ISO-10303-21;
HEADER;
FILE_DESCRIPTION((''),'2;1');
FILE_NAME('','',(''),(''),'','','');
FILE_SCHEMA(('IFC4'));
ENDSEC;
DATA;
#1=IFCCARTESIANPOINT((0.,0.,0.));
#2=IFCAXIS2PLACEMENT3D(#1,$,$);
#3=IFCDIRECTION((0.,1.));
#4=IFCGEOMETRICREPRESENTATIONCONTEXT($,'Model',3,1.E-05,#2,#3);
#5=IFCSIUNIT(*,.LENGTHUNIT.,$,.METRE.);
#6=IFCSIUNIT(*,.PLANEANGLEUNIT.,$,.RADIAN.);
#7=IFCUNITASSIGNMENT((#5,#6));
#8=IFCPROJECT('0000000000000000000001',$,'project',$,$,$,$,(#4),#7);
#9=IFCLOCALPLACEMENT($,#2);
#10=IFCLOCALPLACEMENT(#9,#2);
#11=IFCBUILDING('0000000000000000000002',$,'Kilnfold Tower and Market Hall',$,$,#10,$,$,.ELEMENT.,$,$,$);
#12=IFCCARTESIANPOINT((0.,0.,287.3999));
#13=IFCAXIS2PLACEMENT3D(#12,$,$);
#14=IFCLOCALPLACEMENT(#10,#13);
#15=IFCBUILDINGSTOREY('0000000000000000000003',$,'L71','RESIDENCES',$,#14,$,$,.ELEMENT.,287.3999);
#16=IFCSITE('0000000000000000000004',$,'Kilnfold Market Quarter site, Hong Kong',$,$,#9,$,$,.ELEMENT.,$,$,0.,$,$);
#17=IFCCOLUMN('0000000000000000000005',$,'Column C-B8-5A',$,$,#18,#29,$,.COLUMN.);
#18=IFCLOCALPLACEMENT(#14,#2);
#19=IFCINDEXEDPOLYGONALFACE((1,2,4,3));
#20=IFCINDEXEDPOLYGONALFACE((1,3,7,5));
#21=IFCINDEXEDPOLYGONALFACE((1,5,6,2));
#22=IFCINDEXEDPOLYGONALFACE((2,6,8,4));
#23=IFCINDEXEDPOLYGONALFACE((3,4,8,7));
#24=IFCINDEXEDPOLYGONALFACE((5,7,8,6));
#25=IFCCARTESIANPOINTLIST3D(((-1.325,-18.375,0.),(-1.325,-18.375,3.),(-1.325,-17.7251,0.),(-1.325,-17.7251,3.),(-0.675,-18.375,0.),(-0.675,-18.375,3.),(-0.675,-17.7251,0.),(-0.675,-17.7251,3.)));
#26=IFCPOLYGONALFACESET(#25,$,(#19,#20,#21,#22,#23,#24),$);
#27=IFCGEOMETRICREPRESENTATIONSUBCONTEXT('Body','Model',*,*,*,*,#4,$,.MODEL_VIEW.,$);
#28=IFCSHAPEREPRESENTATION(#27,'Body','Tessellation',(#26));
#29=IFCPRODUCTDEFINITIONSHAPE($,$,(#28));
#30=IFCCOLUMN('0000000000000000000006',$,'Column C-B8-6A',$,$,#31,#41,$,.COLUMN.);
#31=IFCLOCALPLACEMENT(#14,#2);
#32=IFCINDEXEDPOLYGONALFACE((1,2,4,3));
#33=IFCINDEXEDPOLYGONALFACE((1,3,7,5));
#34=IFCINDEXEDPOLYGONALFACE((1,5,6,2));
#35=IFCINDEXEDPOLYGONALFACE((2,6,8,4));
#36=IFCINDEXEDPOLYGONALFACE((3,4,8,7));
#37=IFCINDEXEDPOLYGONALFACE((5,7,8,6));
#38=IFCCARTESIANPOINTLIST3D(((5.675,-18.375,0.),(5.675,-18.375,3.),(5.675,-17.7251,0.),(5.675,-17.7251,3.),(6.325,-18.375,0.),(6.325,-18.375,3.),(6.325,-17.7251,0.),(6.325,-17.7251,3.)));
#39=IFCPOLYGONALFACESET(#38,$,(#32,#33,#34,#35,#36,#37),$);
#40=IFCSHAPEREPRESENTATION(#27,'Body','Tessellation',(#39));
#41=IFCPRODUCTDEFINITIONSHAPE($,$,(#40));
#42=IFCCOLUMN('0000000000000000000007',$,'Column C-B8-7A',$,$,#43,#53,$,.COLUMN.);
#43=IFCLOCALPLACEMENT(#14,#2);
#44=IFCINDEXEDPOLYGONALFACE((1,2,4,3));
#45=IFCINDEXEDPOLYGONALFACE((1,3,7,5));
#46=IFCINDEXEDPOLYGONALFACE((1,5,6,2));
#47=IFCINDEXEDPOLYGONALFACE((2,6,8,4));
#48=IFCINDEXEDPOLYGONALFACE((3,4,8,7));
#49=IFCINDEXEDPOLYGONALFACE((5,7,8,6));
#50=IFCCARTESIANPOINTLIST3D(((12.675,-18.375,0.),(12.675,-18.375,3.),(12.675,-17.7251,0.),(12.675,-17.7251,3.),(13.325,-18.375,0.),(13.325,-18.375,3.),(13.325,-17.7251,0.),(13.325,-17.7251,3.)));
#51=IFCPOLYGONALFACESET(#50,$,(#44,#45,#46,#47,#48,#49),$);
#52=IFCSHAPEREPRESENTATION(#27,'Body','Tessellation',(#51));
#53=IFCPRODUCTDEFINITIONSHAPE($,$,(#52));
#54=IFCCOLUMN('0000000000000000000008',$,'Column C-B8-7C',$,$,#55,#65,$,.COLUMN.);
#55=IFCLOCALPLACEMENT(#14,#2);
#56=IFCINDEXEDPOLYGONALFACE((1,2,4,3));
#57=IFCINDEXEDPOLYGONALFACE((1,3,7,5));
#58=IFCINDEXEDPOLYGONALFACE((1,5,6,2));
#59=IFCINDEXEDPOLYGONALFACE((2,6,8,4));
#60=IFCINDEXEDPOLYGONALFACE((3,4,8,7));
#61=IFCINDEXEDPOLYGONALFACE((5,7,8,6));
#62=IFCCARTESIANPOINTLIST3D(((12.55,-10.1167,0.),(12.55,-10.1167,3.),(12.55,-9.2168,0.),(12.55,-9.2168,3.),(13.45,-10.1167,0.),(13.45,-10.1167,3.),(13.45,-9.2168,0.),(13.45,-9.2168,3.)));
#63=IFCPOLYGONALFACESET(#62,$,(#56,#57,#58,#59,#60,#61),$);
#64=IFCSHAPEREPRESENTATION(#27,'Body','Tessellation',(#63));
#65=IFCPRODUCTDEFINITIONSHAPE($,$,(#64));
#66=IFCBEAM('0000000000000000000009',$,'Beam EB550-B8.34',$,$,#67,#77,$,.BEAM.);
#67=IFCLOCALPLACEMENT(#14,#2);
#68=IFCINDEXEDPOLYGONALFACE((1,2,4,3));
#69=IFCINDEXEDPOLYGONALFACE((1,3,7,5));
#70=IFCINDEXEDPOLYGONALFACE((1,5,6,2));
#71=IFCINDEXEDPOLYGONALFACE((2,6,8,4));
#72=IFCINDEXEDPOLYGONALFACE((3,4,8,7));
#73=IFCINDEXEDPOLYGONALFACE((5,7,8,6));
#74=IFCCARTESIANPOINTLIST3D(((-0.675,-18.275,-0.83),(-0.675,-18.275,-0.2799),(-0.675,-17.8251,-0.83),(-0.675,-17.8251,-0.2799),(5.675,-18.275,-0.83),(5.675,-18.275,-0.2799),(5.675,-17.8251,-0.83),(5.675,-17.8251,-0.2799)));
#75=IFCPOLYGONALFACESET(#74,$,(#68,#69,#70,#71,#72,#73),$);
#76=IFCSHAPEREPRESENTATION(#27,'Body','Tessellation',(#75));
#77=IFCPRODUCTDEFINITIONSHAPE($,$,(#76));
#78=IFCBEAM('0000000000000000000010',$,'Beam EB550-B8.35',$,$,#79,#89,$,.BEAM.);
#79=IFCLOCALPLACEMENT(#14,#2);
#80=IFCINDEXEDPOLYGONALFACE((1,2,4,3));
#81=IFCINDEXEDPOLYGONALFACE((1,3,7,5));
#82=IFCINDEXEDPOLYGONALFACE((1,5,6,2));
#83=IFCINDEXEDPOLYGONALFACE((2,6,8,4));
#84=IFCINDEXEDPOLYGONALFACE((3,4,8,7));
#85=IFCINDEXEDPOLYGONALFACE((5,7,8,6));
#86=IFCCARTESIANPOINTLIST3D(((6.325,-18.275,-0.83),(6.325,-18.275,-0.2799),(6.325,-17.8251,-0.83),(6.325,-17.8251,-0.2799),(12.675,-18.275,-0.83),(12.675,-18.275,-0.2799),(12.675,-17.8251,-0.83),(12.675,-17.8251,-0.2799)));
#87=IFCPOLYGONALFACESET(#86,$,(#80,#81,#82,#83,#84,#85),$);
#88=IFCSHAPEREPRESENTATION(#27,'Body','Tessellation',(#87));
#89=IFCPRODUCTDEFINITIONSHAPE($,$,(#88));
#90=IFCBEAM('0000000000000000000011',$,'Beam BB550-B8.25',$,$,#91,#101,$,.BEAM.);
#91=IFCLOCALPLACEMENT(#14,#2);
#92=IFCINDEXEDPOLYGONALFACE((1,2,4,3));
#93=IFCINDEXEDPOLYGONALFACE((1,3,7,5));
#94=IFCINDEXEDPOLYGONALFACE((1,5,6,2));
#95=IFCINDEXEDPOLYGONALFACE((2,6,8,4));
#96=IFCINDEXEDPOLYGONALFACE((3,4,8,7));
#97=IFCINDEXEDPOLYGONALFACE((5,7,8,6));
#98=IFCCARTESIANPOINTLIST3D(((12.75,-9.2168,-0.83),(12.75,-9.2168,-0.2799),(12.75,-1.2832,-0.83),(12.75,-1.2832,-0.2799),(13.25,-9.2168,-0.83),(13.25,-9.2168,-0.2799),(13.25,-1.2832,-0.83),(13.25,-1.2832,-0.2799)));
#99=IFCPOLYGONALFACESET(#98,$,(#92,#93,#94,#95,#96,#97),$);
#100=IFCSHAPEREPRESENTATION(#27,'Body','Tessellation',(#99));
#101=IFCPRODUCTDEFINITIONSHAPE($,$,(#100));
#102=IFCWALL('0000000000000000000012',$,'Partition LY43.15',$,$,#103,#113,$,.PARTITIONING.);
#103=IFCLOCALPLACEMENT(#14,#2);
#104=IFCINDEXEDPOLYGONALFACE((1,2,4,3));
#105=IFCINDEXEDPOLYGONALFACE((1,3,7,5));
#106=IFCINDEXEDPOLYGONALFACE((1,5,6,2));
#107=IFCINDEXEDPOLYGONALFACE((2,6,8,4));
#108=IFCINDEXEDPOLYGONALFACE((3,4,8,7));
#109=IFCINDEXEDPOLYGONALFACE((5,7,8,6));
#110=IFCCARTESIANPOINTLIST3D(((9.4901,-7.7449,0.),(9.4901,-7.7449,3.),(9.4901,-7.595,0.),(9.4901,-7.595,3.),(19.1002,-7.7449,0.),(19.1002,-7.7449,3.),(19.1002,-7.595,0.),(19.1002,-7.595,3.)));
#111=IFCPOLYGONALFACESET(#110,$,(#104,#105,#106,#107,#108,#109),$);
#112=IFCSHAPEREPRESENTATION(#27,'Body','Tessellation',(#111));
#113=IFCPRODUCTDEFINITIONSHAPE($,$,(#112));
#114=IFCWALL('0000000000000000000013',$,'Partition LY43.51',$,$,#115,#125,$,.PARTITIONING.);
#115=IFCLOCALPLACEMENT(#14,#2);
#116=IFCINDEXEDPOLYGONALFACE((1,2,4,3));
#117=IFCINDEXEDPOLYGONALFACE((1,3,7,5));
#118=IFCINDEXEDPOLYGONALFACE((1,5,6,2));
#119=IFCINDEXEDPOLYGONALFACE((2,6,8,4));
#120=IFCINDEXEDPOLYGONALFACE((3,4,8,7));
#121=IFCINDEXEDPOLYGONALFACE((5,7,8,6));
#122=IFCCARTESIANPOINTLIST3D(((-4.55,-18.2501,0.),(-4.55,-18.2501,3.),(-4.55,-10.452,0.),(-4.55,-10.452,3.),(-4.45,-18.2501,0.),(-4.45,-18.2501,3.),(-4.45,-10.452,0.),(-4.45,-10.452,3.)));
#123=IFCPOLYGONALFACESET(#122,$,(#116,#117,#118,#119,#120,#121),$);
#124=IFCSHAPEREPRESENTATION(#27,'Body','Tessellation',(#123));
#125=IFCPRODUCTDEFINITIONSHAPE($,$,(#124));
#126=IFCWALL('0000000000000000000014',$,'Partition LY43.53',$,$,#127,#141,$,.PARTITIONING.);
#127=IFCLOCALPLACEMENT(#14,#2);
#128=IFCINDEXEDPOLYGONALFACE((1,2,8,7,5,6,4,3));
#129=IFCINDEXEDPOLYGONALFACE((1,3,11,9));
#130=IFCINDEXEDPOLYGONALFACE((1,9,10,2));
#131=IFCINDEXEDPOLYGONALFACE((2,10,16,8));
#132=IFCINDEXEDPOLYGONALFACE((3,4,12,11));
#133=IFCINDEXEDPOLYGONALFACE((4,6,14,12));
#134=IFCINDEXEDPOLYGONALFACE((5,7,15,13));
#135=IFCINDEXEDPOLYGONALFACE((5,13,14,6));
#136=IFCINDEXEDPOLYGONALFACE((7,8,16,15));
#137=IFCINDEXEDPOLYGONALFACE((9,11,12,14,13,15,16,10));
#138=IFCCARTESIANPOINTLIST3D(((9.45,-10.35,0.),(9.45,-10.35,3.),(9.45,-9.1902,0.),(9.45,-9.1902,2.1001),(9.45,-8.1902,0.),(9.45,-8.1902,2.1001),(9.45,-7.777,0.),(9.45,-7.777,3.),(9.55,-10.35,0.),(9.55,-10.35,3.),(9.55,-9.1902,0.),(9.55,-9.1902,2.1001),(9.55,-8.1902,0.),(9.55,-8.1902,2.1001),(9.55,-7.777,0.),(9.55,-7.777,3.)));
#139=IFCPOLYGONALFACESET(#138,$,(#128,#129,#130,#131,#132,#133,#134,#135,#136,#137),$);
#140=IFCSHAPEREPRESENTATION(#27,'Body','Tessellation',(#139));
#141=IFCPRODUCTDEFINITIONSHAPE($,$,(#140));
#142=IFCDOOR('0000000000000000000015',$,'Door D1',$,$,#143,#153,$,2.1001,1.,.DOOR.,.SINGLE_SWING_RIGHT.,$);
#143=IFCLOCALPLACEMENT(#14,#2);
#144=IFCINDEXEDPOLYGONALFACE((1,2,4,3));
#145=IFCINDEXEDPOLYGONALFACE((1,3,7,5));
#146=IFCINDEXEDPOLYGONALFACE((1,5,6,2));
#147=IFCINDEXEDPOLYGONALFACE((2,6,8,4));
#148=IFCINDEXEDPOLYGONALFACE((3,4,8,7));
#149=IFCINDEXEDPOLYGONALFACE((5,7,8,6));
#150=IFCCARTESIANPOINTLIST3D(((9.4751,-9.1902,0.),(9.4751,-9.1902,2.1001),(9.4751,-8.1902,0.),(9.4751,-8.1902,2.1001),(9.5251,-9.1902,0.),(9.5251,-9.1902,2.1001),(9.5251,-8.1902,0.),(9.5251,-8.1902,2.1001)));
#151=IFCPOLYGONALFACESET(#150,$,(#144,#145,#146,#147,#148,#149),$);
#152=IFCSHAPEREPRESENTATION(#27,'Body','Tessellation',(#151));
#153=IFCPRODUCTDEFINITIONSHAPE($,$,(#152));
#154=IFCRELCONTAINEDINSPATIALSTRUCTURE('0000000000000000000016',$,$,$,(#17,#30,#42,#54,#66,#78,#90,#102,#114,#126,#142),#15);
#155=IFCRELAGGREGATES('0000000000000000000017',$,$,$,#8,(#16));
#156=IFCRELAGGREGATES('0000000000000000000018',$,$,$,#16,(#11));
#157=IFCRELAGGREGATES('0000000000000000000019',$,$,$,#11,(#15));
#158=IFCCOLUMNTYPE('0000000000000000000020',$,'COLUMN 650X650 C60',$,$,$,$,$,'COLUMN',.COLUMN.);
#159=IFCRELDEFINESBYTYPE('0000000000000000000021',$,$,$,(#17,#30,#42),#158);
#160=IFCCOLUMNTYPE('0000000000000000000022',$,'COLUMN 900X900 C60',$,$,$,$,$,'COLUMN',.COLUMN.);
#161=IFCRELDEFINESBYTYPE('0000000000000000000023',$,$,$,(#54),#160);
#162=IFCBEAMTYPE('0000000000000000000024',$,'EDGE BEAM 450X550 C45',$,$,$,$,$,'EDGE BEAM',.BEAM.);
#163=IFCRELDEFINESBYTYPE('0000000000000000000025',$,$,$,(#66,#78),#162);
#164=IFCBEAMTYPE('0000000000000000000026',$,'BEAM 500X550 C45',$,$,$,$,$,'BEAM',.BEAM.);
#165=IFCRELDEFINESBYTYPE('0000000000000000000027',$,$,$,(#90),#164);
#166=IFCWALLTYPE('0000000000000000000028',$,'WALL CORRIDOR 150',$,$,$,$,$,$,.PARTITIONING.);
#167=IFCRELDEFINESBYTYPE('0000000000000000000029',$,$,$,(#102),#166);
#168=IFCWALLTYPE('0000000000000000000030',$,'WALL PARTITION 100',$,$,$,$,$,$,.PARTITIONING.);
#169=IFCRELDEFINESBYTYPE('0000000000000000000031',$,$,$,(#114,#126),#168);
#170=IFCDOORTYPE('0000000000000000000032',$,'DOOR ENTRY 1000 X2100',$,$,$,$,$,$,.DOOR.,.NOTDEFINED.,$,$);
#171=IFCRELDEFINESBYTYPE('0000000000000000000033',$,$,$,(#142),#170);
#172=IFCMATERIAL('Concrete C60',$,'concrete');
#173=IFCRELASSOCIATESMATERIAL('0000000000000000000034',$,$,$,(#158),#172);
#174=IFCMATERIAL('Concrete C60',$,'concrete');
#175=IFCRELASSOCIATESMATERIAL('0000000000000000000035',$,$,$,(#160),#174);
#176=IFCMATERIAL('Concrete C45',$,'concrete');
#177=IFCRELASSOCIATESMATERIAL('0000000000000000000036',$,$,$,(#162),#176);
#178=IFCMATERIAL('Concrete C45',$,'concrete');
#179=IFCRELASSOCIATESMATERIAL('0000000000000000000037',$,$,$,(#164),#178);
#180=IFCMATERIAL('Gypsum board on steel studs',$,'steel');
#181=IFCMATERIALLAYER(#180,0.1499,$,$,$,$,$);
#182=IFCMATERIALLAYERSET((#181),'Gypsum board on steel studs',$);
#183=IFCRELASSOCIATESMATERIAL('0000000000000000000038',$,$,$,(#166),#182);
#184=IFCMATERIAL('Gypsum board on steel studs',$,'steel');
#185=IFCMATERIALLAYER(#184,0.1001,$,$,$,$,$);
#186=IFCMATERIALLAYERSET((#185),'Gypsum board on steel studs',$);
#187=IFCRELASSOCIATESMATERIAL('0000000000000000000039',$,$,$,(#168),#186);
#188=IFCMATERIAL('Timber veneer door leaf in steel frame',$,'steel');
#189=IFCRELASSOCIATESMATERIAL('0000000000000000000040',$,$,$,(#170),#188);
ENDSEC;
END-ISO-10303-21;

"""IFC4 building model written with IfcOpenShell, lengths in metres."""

from ifc_helpers import new_model, si_unit, direction, frame, frame_2d, origin, origin_2d, place, context, subcontext, project, spatial, rectangle, extrude, source, transform, mapped, material, layer, layer_set, material_profile, profile_set, type_object, element, fill, save


model = new_model("IFC4")

# Units and contexts
model_context = context("Model", 3, precision=1e-05, world=origin(), true_north=direction((0.0, 1.0)))
body_context = subcontext(model_context, "Body", "Model", "MODEL_VIEW")
ifc_project = project(units=[si_unit("LENGTHUNIT", "METRE"), si_unit("PLANEANGLEUNIT", "RADIAN")], contexts=[model_context])

# Site, building, storey
site_placement = place(None, origin())
site = spatial("IfcSite", under=ifc_project, at=site_placement, Name="Kilnfold Market Quarter site, Hong Kong", CompositionType="ELEMENT", RefElevation=0.0)
building_placement = place(site_placement, origin())
building = spatial("IfcBuilding", under=site, at=building_placement, Name="Kilnfold Tower and Market Hall", CompositionType="ELEMENT")
storey_placement = place(building_placement, frame((0.0, 0.0, 287.3999)))
storey = spatial("IfcBuildingStorey", under=building, at=storey_placement, Name="L71", Description="RESIDENCES", CompositionType="ELEMENT", Elevation=287.3999)

# Columns
ifc_material_1 = material(Name="Concrete C60", Category="concrete")
ifc_material_profile_1 = material_profile(ifc_material_1, rectangle(XDim=0.6499, YDim=0.6499, at=origin_2d()), Name="RC 650x650")
ifc_profile_set_1 = profile_set([ifc_material_profile_1], Name="Concrete C60")
column_type_1 = type_object("IfcColumnType", Name="COLUMN 650X650 C60", ElementType="COLUMN", PredefinedType="COLUMN", material=ifc_profile_set_1)
shared_shape_1 = source(origin(), body_context, "Body", "SweptSolid", [
    extrude(rectangle(XDim=0.6499, YDim=0.6499, at=origin_2d()), origin(), (0.0, 0.0, 1.0), 3.0),
])
for number, where, z_axis, x_axis, name in (
    (1, (-1.0, -18.05, 0.0), (0.0, 0.0, 1.0), (1.0, 0.0, 0.0), "Column C-B8-5A"),
    (2, (6.0, -18.05, 0.0), (0.0, 0.0, 1.0), (1.0, 0.0, 0.0), "Column C-B8-6A"),
    (3, (13.0, -18.05, 0.0), (0.0, 0.0, 1.0), (1.0, 0.0, 0.0), "Column C-B8-7A"),
):
    element("IfcColumn", number, at=place(storey_placement, frame(where, z_axis=z_axis, x_axis=x_axis)), inside=storey, type_object=column_type_1, Name=name, PredefinedType="COLUMN", context=body_context, shape_type="MappedRepresentation", body=[
        mapped(shared_shape_1, transform((0.0, 0.0, 0.0))),
    ])
ifc_material_2 = material(Name="Concrete C60", Category="concrete")
ifc_material_profile_2 = material_profile(ifc_material_2, rectangle(XDim=0.8999, YDim=0.8999, at=origin_2d()), Name="RC 900x900")
ifc_profile_set_2 = profile_set([ifc_material_profile_2], Name="Concrete C60")
column_type_2 = type_object("IfcColumnType", Name="COLUMN 900X900 C60", ElementType="COLUMN", PredefinedType="COLUMN", material=ifc_profile_set_2)
shared_shape_2 = source(origin(), body_context, "Body", "SweptSolid", [
    extrude(rectangle(XDim=0.8999, YDim=0.8999, at=origin_2d()), origin(), (0.0, 0.0, 1.0), 3.0),
])
column_placement = place(storey_placement, frame((13.0, -9.6667, 0.0), z_axis=(0.0, 0.0, 1.0), x_axis=(1.0, 0.0, 0.0)))
element("IfcColumn", 4, at=column_placement, inside=storey, type_object=column_type_2, Name="Column C-B8-7C", PredefinedType="COLUMN", context=body_context, shape_type="MappedRepresentation", body=[
    mapped(shared_shape_2, transform((0.0, 0.0, 0.0))),
])

# Beams
ifc_material_3 = material(Name="Concrete C45", Category="concrete")
ifc_material_profile_3 = material_profile(ifc_material_3, rectangle(XDim=0.45, YDim=0.55, at=origin_2d()), Name="RC 450x550")
ifc_profile_set_3 = profile_set([ifc_material_profile_3], Name="Concrete C45")
beam_type_1 = type_object("IfcBeamType", Name="EDGE BEAM 450X550 C45", ElementType="EDGE BEAM", PredefinedType="BEAM", material=ifc_profile_set_3)
shared_shape_3 = source(origin(), body_context, "Body", "SweptSolid", [
    extrude(rectangle(XDim=0.45, YDim=0.55, at=origin_2d()), origin(), (0.0, 0.0, 1.0), 6.3501),
])
for number, where, z_axis, x_axis, name in (
    (5, (-0.675, -18.05, -0.5549), (1.0, 0.0, 0.0), (0.0, 1.0, 0.0), "Beam EB550-B8.34"),
    (6, (6.325, -18.05, -0.5549), (1.0, 0.0, 0.0), (0.0, 1.0, 0.0), "Beam EB550-B8.35"),
):
    element("IfcBeam", number, at=place(storey_placement, frame(where, z_axis=z_axis, x_axis=x_axis)), inside=storey, type_object=beam_type_1, Name=name, PredefinedType="BEAM", context=body_context, shape_type="MappedRepresentation", body=[
        mapped(shared_shape_3, transform((0.0, 0.0, 0.0))),
    ])
ifc_material_4 = material(Name="Concrete C45", Category="concrete")
ifc_material_profile_4 = material_profile(ifc_material_4, rectangle(XDim=0.5, YDim=0.55, at=origin_2d()), Name="RC 500x550")
ifc_profile_set_4 = profile_set([ifc_material_profile_4], Name="Concrete C45")
beam_type_2 = type_object("IfcBeamType", Name="BEAM 500X550 C45", ElementType="BEAM", PredefinedType="BEAM", material=ifc_profile_set_4)
shared_shape_4 = source(origin(), body_context, "Body", "SweptSolid", [
    extrude(rectangle(XDim=0.5, YDim=0.55, at=origin_2d()), origin(), (0.0, 0.0, 1.0), 7.9336),
])
beam_placement = place(storey_placement, frame((13.0, -9.2168, -0.5549), z_axis=(0.0, 1.0, 0.0), x_axis=(-1.0, 0.0, 0.0)))
element("IfcBeam", 7, at=beam_placement, inside=storey, type_object=beam_type_2, Name="Beam BB550-B8.25", PredefinedType="BEAM", context=body_context, shape_type="MappedRepresentation", body=[
    mapped(shared_shape_4, transform((0.0, 0.0, 0.0))),
])

# Walls
ifc_material_5 = material(Name="Gypsum board on steel studs", Category="steel")
ifc_layer_1 = layer(ifc_material_5, 0.1499)
ifc_layer_set_1 = layer_set([ifc_layer_1], Name="Gypsum board on steel studs")
wall_type_1 = type_object("IfcWallType", Name="WALL CORRIDOR 150", PredefinedType="PARTITIONING", material=ifc_layer_set_1)
wall_1_placement = place(storey_placement, frame((9.49, -7.6699, 0.0), z_axis=(0.0, 0.0, 1.0), x_axis=(1.0, 0.0, 0.0)))
element("IfcWall", 8, at=wall_1_placement, inside=storey, type_object=wall_type_1, Name="Partition LY43.15", PredefinedType="PARTITIONING", context=body_context, shape_type="SweptSolid", body=[
    extrude(rectangle(XDim=9.6101, YDim=0.1499, at=frame_2d((4.8052, 0.0))), origin(), (0.0, 0.0, 1.0), 3.0),
])
ifc_material_6 = material(Name="Gypsum board on steel studs", Category="steel")
ifc_layer_2 = layer(ifc_material_6, 0.1001)
ifc_layer_set_2 = layer_set([ifc_layer_2], Name="Gypsum board on steel studs")
wall_type_2 = type_object("IfcWallType", Name="WALL PARTITION 100", PredefinedType="PARTITIONING", material=ifc_layer_set_2)
wall_2_placement = place(storey_placement, frame((-4.5, -18.25, 0.0), z_axis=(0.0, 0.0, 1.0), x_axis=(0.0, 1.0, 0.0)))
element("IfcWall", 9, at=wall_2_placement, inside=storey, type_object=wall_type_2, Name="Partition LY43.51", PredefinedType="PARTITIONING", context=body_context, shape_type="SweptSolid", body=[
    extrude(rectangle(XDim=7.7981, YDim=0.1001, at=frame_2d((3.8989, 0.0))), origin(), (0.0, 0.0, 1.0), 3.0),
])

# Wall, opening, door
wall_3_placement = place(storey_placement, frame((9.5, -10.3501, 0.0), z_axis=(0.0, 0.0, 1.0), x_axis=(0.0, 1.0, 0.0)))
wall_3 = element("IfcWall", 10, at=wall_3_placement, inside=storey, type_object=wall_type_2, Name="Partition LY43.53", PredefinedType="PARTITIONING", context=body_context, shape_type="SweptSolid", body=[
    extrude(rectangle(XDim=2.573, YDim=0.1001, at=frame_2d((1.2866, 0.0))), origin(), (0.0, 0.0, 1.0), 3.0),
])
opening_1_placement = place(wall_3_placement, frame((1.1599, 0.0, 0.0)))
opening_1 = element("IfcOpeningElement", 11, at=opening_1_placement, cuts=wall_3, PredefinedType="OPENING", context=body_context, shape_type="SweptSolid", body=[
    extrude(rectangle(XDim=1.0, YDim=2.1001, at=frame_2d((0.5, 1.05))), frame((0.0, 0.0601, 0.0), z_axis=(0.0, -1.0, 0.0), x_axis=(1.0, 0.0, 0.0)), (0.0, 0.0, 1.0), 0.1201),
])
ifc_material_7 = material(Name="Timber veneer door leaf in steel frame", Category="steel")
door_type_1 = type_object("IfcDoorType", Name="DOOR ENTRY 1000 X2100", OperationType="NOTDEFINED", PredefinedType="DOOR", material=ifc_material_7)
door_1_placement = place(opening_1_placement, origin())
door_1 = element("IfcDoor", 12, at=door_1_placement, inside=storey, type_object=door_type_1, Name="Door D1", OperationType="SINGLE_SWING_RIGHT", OverallHeight=2.1001, OverallWidth=1.0, PredefinedType="DOOR", context=body_context, shape_type="SweptSolid", body=[
    extrude(rectangle(XDim=1.0, YDim=2.1001, at=frame_2d((0.5, 1.05))), frame((0.0, 0.0249, 0.0), z_axis=(0.0, -1.0, 0.0), x_axis=(1.0, 0.0, 0.0)), (0.0, 0.0, 1.0), 0.05),
])
fill(opening_1, door_1)

save(model, "model.ifc")
